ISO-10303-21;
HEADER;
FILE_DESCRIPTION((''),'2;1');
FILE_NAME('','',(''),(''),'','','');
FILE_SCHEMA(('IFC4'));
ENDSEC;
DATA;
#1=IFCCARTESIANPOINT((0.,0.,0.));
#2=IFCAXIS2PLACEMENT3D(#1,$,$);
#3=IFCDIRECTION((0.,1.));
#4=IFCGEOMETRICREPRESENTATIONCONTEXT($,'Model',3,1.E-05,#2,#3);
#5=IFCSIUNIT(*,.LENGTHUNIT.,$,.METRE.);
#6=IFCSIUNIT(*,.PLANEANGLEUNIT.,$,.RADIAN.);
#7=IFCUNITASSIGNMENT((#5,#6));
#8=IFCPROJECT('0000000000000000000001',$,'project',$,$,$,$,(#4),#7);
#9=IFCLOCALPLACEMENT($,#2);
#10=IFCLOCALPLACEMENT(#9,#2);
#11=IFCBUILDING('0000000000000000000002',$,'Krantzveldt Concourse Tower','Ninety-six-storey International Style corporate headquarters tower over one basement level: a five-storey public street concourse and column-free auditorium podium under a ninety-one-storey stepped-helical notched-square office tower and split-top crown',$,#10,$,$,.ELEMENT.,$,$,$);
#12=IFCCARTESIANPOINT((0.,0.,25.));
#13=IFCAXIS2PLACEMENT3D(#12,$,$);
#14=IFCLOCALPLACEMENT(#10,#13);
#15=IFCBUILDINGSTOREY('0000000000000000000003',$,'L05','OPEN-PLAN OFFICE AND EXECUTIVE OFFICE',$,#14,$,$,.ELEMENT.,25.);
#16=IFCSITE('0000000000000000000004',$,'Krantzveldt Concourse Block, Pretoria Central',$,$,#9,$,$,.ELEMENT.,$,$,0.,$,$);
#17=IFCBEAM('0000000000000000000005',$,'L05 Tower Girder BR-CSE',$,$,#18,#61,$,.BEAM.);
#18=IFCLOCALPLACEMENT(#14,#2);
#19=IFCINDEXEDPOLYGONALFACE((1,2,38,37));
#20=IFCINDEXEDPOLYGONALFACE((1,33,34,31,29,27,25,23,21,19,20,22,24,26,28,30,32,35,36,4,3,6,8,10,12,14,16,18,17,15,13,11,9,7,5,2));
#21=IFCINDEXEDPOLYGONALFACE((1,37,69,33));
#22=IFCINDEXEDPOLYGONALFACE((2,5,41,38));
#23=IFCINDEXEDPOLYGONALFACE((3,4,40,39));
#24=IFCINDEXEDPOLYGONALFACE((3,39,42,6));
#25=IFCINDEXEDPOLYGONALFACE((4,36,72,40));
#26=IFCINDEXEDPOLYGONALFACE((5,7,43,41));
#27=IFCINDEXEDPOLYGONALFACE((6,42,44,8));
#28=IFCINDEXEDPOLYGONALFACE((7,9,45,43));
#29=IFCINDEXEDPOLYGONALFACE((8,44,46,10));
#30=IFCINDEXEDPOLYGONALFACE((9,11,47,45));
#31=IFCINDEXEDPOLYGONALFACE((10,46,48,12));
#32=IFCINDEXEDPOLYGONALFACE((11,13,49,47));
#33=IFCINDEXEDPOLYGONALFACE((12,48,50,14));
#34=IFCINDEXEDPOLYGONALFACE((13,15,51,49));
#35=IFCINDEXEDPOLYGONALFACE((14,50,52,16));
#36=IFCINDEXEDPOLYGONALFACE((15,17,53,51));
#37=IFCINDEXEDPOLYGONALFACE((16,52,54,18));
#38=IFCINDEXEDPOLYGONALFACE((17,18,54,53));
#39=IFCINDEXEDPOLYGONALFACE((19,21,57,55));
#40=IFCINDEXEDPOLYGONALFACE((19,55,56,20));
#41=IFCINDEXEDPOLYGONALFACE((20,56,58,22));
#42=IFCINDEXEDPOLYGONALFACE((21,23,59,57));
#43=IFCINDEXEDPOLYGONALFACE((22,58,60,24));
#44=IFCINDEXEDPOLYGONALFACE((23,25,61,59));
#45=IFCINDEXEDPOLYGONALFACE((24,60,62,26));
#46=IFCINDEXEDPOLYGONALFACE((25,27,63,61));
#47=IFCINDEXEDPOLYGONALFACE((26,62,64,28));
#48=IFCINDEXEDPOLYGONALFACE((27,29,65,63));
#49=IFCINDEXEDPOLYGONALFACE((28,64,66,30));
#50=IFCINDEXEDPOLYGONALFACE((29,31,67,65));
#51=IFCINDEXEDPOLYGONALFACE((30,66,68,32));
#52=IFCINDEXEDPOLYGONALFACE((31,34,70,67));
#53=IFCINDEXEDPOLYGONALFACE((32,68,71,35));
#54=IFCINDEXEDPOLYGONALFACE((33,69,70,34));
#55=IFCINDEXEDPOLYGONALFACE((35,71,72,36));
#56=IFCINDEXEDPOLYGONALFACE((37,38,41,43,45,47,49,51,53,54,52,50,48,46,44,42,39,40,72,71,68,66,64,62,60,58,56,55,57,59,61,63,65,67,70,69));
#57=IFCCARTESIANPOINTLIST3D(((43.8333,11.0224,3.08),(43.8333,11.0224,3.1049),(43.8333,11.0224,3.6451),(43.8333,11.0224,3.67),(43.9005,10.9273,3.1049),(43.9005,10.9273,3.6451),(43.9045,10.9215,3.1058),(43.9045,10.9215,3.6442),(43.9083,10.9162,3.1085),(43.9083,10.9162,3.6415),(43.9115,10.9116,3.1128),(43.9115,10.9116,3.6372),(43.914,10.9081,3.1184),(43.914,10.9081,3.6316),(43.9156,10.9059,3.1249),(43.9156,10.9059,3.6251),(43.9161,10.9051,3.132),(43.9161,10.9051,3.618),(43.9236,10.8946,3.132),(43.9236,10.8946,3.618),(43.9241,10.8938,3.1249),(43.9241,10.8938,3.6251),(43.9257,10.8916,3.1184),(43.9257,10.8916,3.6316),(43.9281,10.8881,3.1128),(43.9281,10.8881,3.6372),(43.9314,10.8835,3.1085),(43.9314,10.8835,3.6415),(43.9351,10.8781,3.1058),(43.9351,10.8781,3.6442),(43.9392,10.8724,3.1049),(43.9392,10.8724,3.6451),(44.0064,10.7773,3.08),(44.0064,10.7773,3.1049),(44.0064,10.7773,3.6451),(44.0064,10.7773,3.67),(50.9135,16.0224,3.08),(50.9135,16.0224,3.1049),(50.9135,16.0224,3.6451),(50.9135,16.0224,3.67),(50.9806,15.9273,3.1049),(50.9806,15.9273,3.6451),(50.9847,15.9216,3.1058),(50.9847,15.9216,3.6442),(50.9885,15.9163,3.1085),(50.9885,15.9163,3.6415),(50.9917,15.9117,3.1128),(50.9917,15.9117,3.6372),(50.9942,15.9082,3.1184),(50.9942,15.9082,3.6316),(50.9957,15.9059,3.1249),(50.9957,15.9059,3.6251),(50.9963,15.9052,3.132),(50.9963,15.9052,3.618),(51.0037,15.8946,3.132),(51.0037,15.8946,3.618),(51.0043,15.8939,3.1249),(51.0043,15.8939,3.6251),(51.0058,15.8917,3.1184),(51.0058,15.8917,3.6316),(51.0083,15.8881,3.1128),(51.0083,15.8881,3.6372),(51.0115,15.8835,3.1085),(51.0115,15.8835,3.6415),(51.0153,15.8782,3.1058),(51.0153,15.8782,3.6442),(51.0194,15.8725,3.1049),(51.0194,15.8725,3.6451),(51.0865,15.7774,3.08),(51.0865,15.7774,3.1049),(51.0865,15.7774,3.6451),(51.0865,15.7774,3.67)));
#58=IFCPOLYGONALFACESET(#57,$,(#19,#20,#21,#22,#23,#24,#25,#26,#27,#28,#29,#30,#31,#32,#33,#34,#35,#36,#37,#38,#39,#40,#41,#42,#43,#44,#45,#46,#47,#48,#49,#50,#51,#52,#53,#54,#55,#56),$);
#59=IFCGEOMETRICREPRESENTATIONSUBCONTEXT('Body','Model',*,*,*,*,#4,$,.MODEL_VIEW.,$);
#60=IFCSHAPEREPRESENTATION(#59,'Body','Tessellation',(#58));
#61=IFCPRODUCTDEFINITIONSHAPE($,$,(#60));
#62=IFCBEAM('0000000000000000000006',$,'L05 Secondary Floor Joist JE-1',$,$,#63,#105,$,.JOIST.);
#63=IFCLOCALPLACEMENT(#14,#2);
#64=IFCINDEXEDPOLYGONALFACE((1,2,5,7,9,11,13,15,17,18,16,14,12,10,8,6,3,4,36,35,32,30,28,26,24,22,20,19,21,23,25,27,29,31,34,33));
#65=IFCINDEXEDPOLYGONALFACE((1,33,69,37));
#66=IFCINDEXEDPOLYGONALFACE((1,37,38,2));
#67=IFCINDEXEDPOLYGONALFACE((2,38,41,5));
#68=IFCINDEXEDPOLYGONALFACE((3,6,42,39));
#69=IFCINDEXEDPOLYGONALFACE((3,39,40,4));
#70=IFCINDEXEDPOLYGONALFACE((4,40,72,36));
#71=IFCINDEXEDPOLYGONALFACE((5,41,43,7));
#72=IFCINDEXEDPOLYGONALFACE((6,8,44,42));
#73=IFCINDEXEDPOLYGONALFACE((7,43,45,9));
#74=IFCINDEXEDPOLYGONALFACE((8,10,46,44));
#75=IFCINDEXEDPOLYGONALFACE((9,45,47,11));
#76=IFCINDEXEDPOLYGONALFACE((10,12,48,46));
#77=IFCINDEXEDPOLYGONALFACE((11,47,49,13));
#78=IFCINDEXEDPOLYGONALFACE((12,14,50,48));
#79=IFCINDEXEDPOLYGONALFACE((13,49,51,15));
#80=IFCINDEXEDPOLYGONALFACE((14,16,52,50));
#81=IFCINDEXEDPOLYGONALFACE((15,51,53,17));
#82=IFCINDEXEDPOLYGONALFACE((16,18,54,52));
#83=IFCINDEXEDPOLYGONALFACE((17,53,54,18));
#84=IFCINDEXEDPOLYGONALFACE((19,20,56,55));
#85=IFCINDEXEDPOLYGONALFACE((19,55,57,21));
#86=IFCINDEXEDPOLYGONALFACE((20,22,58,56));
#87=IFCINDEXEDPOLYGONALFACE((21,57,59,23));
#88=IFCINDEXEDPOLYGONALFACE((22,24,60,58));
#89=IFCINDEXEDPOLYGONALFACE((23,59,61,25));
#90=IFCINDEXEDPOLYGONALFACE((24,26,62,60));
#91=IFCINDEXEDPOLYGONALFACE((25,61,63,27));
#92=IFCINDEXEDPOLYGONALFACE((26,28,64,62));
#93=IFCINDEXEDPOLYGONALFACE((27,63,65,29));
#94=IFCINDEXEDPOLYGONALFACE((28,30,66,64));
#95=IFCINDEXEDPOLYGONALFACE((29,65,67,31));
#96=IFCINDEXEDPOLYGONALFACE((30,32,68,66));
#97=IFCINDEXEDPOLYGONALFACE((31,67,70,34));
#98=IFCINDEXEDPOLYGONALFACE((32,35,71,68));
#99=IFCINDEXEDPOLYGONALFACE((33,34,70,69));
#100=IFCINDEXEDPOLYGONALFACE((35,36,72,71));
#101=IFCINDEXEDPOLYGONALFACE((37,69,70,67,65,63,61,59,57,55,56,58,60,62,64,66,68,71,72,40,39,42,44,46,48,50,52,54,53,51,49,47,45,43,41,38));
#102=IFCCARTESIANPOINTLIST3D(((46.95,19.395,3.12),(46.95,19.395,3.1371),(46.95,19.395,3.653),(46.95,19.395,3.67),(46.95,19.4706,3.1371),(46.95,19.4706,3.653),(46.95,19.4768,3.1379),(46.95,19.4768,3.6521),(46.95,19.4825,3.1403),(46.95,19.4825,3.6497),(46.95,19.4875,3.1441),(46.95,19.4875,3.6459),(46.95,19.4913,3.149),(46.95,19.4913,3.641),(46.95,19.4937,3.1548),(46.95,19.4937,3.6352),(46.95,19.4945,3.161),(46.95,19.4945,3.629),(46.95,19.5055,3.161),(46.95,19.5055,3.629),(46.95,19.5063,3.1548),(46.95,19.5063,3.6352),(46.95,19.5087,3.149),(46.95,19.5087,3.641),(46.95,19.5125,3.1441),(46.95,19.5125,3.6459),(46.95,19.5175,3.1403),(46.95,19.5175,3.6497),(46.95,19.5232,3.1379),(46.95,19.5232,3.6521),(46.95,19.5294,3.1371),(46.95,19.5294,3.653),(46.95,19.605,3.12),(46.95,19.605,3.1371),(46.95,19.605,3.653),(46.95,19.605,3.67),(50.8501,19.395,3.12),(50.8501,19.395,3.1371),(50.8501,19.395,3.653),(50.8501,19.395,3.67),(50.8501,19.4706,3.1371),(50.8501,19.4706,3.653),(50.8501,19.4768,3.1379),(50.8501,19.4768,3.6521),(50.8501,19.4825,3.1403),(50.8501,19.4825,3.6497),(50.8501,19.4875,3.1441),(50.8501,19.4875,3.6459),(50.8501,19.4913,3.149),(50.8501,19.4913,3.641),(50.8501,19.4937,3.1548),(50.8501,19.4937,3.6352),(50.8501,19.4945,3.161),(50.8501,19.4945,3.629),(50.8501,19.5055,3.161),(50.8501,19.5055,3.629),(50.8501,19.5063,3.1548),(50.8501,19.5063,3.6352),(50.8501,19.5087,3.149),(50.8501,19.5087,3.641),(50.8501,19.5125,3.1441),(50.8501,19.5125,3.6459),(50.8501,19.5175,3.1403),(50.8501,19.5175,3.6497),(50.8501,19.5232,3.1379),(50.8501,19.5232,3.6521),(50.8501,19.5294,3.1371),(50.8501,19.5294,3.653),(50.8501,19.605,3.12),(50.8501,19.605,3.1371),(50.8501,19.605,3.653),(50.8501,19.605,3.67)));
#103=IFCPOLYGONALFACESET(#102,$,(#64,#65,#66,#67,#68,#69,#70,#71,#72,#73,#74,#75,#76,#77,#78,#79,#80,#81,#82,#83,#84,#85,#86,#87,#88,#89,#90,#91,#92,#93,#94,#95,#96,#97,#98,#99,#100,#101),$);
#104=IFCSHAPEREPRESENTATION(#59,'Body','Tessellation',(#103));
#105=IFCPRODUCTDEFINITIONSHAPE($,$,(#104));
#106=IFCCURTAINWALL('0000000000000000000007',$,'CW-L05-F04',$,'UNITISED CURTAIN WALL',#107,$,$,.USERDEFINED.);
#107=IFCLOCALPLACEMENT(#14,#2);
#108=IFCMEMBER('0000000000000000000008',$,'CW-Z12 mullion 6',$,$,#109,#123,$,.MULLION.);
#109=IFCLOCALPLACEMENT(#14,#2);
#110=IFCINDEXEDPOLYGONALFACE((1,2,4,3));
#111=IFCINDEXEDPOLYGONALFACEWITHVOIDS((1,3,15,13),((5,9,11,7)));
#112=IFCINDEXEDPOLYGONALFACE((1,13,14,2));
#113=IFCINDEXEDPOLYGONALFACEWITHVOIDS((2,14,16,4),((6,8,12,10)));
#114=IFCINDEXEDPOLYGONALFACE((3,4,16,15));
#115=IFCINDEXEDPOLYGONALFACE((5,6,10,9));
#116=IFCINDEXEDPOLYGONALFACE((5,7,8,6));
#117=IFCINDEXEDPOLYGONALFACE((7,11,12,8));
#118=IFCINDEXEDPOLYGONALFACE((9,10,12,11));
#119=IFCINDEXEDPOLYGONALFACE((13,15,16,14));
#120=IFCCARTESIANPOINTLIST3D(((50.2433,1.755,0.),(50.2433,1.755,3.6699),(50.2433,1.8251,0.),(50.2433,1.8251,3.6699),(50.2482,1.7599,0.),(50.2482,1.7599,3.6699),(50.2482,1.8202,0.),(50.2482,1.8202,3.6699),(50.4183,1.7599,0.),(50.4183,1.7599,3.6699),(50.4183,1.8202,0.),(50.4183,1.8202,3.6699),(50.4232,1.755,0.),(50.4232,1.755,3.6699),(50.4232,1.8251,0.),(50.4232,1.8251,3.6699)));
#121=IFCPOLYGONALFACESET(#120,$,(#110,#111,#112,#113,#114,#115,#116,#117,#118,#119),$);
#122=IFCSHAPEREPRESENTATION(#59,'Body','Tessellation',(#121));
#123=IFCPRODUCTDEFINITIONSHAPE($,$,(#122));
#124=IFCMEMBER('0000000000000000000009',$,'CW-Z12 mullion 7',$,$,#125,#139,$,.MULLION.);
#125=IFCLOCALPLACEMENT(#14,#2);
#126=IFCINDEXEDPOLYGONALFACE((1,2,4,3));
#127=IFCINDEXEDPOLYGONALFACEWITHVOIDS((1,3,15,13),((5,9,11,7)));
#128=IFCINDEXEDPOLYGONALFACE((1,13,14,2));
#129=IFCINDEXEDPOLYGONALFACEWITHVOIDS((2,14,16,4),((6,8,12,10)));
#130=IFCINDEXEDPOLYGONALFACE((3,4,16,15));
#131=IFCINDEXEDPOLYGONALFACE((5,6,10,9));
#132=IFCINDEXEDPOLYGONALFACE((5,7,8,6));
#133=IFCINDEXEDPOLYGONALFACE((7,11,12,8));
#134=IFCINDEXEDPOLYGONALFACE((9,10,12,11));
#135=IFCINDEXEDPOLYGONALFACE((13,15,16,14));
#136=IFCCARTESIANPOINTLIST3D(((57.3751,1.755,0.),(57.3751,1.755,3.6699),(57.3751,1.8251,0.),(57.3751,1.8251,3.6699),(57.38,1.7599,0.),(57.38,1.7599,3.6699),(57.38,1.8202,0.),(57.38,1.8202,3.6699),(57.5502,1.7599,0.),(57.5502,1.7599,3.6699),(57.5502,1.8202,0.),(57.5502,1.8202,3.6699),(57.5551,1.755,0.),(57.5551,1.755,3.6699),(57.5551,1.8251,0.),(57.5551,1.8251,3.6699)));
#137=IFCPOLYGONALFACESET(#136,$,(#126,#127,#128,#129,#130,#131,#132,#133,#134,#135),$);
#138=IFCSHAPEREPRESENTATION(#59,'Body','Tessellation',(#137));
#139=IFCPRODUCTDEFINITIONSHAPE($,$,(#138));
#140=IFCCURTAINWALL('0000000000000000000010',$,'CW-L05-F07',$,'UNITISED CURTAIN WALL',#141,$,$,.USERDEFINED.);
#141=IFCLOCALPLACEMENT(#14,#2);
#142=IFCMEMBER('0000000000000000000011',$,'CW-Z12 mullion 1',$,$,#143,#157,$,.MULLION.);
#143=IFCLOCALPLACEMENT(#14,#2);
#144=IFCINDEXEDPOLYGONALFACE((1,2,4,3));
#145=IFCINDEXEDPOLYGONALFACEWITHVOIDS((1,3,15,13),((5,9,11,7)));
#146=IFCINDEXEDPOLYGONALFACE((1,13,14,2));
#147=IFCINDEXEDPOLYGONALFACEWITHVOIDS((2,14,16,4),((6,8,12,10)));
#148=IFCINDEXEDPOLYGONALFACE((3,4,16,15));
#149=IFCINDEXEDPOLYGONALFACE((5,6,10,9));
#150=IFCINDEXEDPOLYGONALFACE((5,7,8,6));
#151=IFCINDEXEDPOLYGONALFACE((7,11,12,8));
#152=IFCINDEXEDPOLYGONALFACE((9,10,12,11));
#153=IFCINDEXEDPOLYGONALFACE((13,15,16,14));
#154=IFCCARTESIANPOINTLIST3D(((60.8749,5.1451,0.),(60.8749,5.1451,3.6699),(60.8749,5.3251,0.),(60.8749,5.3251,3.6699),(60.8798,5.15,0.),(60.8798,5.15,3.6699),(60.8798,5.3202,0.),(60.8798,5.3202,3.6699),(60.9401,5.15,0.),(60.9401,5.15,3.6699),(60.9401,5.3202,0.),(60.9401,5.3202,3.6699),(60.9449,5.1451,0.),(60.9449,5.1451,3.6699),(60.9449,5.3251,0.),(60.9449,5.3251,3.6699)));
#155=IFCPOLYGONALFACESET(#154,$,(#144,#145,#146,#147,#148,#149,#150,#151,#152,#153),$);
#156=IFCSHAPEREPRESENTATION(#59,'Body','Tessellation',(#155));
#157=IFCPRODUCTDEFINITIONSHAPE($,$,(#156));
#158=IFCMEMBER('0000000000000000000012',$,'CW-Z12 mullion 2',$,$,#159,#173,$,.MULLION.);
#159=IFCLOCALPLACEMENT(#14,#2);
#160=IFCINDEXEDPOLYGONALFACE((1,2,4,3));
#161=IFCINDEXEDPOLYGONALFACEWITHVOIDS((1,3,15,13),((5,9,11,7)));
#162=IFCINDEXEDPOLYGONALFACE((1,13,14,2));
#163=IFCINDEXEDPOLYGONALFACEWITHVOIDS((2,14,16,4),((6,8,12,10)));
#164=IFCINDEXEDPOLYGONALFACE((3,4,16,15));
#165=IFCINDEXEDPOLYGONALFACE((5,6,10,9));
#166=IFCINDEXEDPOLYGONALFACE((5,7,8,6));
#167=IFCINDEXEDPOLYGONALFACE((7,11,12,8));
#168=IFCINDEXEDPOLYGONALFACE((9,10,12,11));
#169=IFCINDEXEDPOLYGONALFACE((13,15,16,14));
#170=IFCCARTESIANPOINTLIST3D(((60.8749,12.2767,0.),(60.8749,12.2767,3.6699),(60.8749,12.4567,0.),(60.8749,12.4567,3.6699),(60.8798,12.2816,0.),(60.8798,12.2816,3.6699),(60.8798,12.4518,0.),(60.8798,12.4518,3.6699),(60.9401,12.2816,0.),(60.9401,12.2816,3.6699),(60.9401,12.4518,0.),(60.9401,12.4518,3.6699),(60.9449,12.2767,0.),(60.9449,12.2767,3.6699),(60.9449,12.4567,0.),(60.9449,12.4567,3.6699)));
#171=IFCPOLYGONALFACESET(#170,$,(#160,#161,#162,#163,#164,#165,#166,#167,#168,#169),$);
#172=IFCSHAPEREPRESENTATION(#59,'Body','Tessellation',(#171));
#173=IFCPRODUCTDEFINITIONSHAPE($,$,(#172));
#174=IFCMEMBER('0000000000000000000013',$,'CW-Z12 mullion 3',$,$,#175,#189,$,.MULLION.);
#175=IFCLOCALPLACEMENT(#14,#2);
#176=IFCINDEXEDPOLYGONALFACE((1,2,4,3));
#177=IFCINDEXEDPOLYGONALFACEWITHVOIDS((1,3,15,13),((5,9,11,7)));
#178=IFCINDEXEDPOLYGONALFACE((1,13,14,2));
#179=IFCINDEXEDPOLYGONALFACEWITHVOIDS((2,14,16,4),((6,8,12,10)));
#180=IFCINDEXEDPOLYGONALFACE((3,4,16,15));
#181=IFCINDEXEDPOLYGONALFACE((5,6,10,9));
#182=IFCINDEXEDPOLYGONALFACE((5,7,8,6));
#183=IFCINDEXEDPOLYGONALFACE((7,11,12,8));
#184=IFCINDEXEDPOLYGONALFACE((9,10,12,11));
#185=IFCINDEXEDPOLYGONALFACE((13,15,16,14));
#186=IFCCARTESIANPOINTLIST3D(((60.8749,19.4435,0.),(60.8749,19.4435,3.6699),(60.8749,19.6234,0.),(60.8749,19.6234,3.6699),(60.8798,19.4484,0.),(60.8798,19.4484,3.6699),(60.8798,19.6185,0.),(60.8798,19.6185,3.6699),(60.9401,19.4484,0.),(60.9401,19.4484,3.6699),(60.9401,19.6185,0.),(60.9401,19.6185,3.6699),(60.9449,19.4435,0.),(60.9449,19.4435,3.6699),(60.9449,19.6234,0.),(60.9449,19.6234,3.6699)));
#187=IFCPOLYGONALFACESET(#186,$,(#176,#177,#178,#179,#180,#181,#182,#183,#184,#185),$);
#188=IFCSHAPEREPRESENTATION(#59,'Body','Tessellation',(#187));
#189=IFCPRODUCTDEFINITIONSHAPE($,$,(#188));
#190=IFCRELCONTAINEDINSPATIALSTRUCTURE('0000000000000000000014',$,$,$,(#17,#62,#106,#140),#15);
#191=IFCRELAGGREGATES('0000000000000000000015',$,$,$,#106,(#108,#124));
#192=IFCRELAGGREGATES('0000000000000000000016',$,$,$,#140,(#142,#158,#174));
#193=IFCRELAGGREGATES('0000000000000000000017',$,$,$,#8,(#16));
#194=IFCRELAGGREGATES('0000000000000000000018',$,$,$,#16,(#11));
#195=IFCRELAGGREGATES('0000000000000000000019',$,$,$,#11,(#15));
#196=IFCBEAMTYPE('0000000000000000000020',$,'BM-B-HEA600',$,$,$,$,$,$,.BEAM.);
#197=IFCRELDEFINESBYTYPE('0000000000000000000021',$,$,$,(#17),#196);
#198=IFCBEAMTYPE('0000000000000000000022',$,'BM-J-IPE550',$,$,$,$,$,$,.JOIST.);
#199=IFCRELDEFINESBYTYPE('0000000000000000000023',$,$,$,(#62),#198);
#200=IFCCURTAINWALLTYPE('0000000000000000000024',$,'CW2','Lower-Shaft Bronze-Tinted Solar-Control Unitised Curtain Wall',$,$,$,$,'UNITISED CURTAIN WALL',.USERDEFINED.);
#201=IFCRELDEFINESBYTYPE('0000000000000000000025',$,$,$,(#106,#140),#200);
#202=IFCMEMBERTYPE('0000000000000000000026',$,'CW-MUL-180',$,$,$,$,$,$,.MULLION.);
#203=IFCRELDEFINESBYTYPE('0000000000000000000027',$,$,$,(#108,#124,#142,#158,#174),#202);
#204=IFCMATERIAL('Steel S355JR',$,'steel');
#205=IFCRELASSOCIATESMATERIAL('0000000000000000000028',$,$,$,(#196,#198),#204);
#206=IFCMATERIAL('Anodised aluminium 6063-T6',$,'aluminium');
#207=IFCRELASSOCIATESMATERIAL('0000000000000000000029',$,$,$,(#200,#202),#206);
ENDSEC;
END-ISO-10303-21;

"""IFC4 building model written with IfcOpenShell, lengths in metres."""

from ifc_helpers import new_model, si_unit, direction, frame, origin, origin_2d, place, context, subcontext, project, spatial, hollow_rectangle, i_section, extrude, source, transform, mapped, material, material_profile, profile_set, type_object, type_shapes, element, aggregate, save


model = new_model("IFC4")

# Units and contexts
model_context = context("Model", 3, precision=1e-05, world=origin(), true_north=direction((0.0, 1.0)))
body_context = subcontext(model_context, "Body", "Model", "MODEL_VIEW")
ifc_project = project(units=[si_unit("LENGTHUNIT", "METRE"), si_unit("PLANEANGLEUNIT", "RADIAN")], contexts=[model_context])

# Site, building, storey
site_placement = place(None, origin())
site = spatial("IfcSite", under=ifc_project, at=site_placement, Name="Krantzveldt Concourse Block, Pretoria Central", CompositionType="ELEMENT", RefElevation=0.0)
building_placement = place(site_placement, origin())
building = spatial("IfcBuilding", under=site, at=building_placement, Name="Krantzveldt Concourse Tower", Description="Ninety-six-storey International Style corporate headquarters tower over one basement level: a five-storey public street concourse and column-free auditorium podium under a ninety-one-storey stepped-helical notched-square office tower and split-top crown", CompositionType="ELEMENT")
storey_placement = place(building_placement, frame((0.0, 0.0, 25.0)))
storey = spatial("IfcBuildingStorey", under=building, at=storey_placement, Name="L05", Description="OPEN-PLAN OFFICE AND EXECUTIVE OFFICE", CompositionType="ELEMENT", Elevation=25.0)

# Beams
ifc_material_1 = material(Name="Steel S355JR", Category="steel")
ifc_material_profile_1 = material_profile(ifc_material_1, i_section(OverallWidth=0.3, OverallDepth=0.5901, WebThickness=0.0129, FlangeThickness=0.0249, FilletRadius=0.0271, at=origin_2d()), Name="Steel S355JR", Category="steel")
ifc_profile_set_1 = profile_set([ifc_material_profile_1], Name="Steel S355JR - HEA 600")
beam_type_1 = type_object("IfcBeamType", Name="BM-B-HEA600", PredefinedType="BEAM", material=ifc_profile_set_1)
shared_shape_1 = source(origin(), body_context, "Body", "SweptSolid", [
    extrude(i_section(OverallWidth=0.3, OverallDepth=0.5901, WebThickness=0.0129, FlangeThickness=0.0249, FilletRadius=0.0271, at=origin_2d()), origin(), (0.0, 0.0, 1.0), 8.6677),
])
beam_1_placement = place(storey_placement, frame((51.0, 15.8999, 3.375), z_axis=(-0.816843, -0.57686, 0.0), x_axis=(0.57686, -0.816843, 0.0)))
element("IfcBeam", 1, at=beam_1_placement, inside=storey, type_object=beam_type_1, Name="L05 Tower Girder BR-CSE", PredefinedType="BEAM", context=body_context, shape_type="MappedRepresentation", body=[
    mapped(shared_shape_1, transform((0.0, 0.0, 0.0), x_axis=(1.0, 0.0, 0.0), y_axis=(0.0, 1.0, 0.0), z_axis=(0.0, 0.0, 1.0), scale=1.0)),
])
ifc_material_profile_2 = material_profile(ifc_material_1, i_section(OverallWidth=0.21, OverallDepth=0.55, WebThickness=0.011, FlangeThickness=0.0171, FilletRadius=0.0239, at=origin_2d()), Name="Steel S355JR", Category="steel")
ifc_profile_set_2 = profile_set([ifc_material_profile_2], Name="Steel S355JR - IPE 550")
beam_type_2 = type_object("IfcBeamType", Name="BM-J-IPE550", PredefinedType="JOIST", material=ifc_profile_set_2)
shared_shape_2 = source(origin(), body_context, "Body", "SweptSolid", [
    extrude(i_section(OverallWidth=0.21, OverallDepth=0.55, WebThickness=0.011, FlangeThickness=0.0171, FilletRadius=0.0239, at=origin_2d()), origin(), (0.0, 0.0, 1.0), 3.9001),
])
type_shapes(beam_type_2, [shared_shape_2])
beam_2_placement = place(storey_placement, frame((46.95, 19.5, 3.395), z_axis=(1.0, 0.0, 0.0), x_axis=(0.0, 1.0, 0.0)))
element("IfcBeam", 2, at=beam_2_placement, inside=storey, type_object=beam_type_2, Name="L05 Secondary Floor Joist JE-1", PredefinedType="JOIST", context=body_context, shape_type="MappedRepresentation", body=[
    mapped(shared_shape_2, transform((0.0, 0.0, 0.0), x_axis=(1.0, 0.0, 0.0), y_axis=(0.0, 1.0, 0.0), z_axis=(0.0, 0.0, 1.0), scale=1.0)),
])

# Curtain walls, members
ifc_material_2 = material(Name="Anodised aluminium 6063-T6", Category="aluminium")
curtain_wall_type = type_object("IfcCurtainWallType", Name="CW2", Description="Lower-Shaft Bronze-Tinted Solar-Control Unitised Curtain Wall", ElementType="UNITISED CURTAIN WALL", PredefinedType="USERDEFINED", material=ifc_material_2)
curtain_wall_1_placement = place(storey_placement, origin())
curtain_wall_1 = element("IfcCurtainWall", 3, at=curtain_wall_1_placement, inside=storey, type_object=curtain_wall_type, Name="CW-L05-F04", ObjectType="UNITISED CURTAIN WALL", PredefinedType="USERDEFINED")
ifc_material_profile_3 = material_profile(ifc_material_2, hollow_rectangle(XDim=0.0701, YDim=0.1799, WallThickness=0.0049, at=origin_2d()), Name="Anodised aluminium 6063-T6", Category="aluminium")
ifc_profile_set_3 = profile_set([ifc_material_profile_3], Name="Anodised aluminium 6063-T6 - ALU-MULL 180x70x5")
member_type_1 = type_object("IfcMemberType", Name="CW-MUL-180", PredefinedType="MULLION", material=ifc_profile_set_3)
shared_shape_3 = source(origin(), body_context, "Body", "SweptSolid", [
    extrude(hollow_rectangle(XDim=0.0701, YDim=0.1799, WallThickness=0.0049, at=origin_2d()), origin(), (0.0, 0.0, 1.0), 3.6699),
])
type_shapes(member_type_1, [shared_shape_3])
member_1_placement = place(storey_placement, frame((50.3333, 1.79, 0.0), z_axis=(0.0, 0.0, 1.0), x_axis=(0.0, 1.0, 0.0)))
member_1 = element("IfcMember", 4, at=member_1_placement, type_object=member_type_1, Name="CW-Z12 mullion 6", PredefinedType="MULLION", context=body_context, shape_type="MappedRepresentation", body=[
    mapped(shared_shape_3, transform((0.0, 0.0, 0.0), x_axis=(1.0, 0.0, 0.0), y_axis=(0.0, 1.0, 0.0), z_axis=(0.0, 0.0, 1.0), scale=1.0)),
])
member_2_placement = place(storey_placement, frame((57.4651, 1.79, 0.0), z_axis=(0.0, 0.0, 1.0), x_axis=(0.0, 1.0, 0.0)))
member_2 = element("IfcMember", 5, at=member_2_placement, type_object=member_type_1, Name="CW-Z12 mullion 7", PredefinedType="MULLION", context=body_context, shape_type="MappedRepresentation", body=[
    mapped(shared_shape_3, transform((0.0, 0.0, 0.0), x_axis=(1.0, 0.0, 0.0), y_axis=(0.0, 1.0, 0.0), z_axis=(0.0, 0.0, 1.0), scale=1.0)),
])
curtain_wall_2_placement = place(storey_placement, origin())
curtain_wall_2 = element("IfcCurtainWall", 6, at=curtain_wall_2_placement, inside=storey, type_object=curtain_wall_type, Name="CW-L05-F07", ObjectType="UNITISED CURTAIN WALL", PredefinedType="USERDEFINED")
member_3_placement = place(storey_placement, frame((60.9099, 5.2351, 0.0), z_axis=(0.0, 0.0, 1.0), x_axis=(-1.0, 0.0, 0.0)))
member_3 = element("IfcMember", 7, at=member_3_placement, type_object=member_type_1, Name="CW-Z12 mullion 1", PredefinedType="MULLION", context=body_context, shape_type="MappedRepresentation", body=[
    mapped(shared_shape_3, transform((0.0, 0.0, 0.0), x_axis=(1.0, 0.0, 0.0), y_axis=(0.0, 1.0, 0.0), z_axis=(0.0, 0.0, 1.0), scale=1.0)),
])
member_4_placement = place(storey_placement, frame((60.9099, 12.3667, 0.0), z_axis=(0.0, 0.0, 1.0), x_axis=(-1.0, 0.0, 0.0)))
member_4 = element("IfcMember", 8, at=member_4_placement, type_object=member_type_1, Name="CW-Z12 mullion 2", PredefinedType="MULLION", context=body_context, shape_type="MappedRepresentation", body=[
    mapped(shared_shape_3, transform((0.0, 0.0, 0.0), x_axis=(1.0, 0.0, 0.0), y_axis=(0.0, 1.0, 0.0), z_axis=(0.0, 0.0, 1.0), scale=1.0)),
])
member_5_placement = place(storey_placement, frame((60.9099, 19.5334, 0.0), z_axis=(0.0, 0.0, 1.0), x_axis=(-1.0, 0.0, 0.0)))
member_5 = element("IfcMember", 9, at=member_5_placement, type_object=member_type_1, Name="CW-Z12 mullion 3", PredefinedType="MULLION", context=body_context, shape_type="MappedRepresentation", body=[
    mapped(shared_shape_3, transform((0.0, 0.0, 0.0), x_axis=(1.0, 0.0, 0.0), y_axis=(0.0, 1.0, 0.0), z_axis=(0.0, 0.0, 1.0), scale=1.0)),
])

aggregate(curtain_wall_1, [member_1, member_2])
aggregate(curtain_wall_2, [member_3, member_4, member_5])

save(model, "model.ifc")
